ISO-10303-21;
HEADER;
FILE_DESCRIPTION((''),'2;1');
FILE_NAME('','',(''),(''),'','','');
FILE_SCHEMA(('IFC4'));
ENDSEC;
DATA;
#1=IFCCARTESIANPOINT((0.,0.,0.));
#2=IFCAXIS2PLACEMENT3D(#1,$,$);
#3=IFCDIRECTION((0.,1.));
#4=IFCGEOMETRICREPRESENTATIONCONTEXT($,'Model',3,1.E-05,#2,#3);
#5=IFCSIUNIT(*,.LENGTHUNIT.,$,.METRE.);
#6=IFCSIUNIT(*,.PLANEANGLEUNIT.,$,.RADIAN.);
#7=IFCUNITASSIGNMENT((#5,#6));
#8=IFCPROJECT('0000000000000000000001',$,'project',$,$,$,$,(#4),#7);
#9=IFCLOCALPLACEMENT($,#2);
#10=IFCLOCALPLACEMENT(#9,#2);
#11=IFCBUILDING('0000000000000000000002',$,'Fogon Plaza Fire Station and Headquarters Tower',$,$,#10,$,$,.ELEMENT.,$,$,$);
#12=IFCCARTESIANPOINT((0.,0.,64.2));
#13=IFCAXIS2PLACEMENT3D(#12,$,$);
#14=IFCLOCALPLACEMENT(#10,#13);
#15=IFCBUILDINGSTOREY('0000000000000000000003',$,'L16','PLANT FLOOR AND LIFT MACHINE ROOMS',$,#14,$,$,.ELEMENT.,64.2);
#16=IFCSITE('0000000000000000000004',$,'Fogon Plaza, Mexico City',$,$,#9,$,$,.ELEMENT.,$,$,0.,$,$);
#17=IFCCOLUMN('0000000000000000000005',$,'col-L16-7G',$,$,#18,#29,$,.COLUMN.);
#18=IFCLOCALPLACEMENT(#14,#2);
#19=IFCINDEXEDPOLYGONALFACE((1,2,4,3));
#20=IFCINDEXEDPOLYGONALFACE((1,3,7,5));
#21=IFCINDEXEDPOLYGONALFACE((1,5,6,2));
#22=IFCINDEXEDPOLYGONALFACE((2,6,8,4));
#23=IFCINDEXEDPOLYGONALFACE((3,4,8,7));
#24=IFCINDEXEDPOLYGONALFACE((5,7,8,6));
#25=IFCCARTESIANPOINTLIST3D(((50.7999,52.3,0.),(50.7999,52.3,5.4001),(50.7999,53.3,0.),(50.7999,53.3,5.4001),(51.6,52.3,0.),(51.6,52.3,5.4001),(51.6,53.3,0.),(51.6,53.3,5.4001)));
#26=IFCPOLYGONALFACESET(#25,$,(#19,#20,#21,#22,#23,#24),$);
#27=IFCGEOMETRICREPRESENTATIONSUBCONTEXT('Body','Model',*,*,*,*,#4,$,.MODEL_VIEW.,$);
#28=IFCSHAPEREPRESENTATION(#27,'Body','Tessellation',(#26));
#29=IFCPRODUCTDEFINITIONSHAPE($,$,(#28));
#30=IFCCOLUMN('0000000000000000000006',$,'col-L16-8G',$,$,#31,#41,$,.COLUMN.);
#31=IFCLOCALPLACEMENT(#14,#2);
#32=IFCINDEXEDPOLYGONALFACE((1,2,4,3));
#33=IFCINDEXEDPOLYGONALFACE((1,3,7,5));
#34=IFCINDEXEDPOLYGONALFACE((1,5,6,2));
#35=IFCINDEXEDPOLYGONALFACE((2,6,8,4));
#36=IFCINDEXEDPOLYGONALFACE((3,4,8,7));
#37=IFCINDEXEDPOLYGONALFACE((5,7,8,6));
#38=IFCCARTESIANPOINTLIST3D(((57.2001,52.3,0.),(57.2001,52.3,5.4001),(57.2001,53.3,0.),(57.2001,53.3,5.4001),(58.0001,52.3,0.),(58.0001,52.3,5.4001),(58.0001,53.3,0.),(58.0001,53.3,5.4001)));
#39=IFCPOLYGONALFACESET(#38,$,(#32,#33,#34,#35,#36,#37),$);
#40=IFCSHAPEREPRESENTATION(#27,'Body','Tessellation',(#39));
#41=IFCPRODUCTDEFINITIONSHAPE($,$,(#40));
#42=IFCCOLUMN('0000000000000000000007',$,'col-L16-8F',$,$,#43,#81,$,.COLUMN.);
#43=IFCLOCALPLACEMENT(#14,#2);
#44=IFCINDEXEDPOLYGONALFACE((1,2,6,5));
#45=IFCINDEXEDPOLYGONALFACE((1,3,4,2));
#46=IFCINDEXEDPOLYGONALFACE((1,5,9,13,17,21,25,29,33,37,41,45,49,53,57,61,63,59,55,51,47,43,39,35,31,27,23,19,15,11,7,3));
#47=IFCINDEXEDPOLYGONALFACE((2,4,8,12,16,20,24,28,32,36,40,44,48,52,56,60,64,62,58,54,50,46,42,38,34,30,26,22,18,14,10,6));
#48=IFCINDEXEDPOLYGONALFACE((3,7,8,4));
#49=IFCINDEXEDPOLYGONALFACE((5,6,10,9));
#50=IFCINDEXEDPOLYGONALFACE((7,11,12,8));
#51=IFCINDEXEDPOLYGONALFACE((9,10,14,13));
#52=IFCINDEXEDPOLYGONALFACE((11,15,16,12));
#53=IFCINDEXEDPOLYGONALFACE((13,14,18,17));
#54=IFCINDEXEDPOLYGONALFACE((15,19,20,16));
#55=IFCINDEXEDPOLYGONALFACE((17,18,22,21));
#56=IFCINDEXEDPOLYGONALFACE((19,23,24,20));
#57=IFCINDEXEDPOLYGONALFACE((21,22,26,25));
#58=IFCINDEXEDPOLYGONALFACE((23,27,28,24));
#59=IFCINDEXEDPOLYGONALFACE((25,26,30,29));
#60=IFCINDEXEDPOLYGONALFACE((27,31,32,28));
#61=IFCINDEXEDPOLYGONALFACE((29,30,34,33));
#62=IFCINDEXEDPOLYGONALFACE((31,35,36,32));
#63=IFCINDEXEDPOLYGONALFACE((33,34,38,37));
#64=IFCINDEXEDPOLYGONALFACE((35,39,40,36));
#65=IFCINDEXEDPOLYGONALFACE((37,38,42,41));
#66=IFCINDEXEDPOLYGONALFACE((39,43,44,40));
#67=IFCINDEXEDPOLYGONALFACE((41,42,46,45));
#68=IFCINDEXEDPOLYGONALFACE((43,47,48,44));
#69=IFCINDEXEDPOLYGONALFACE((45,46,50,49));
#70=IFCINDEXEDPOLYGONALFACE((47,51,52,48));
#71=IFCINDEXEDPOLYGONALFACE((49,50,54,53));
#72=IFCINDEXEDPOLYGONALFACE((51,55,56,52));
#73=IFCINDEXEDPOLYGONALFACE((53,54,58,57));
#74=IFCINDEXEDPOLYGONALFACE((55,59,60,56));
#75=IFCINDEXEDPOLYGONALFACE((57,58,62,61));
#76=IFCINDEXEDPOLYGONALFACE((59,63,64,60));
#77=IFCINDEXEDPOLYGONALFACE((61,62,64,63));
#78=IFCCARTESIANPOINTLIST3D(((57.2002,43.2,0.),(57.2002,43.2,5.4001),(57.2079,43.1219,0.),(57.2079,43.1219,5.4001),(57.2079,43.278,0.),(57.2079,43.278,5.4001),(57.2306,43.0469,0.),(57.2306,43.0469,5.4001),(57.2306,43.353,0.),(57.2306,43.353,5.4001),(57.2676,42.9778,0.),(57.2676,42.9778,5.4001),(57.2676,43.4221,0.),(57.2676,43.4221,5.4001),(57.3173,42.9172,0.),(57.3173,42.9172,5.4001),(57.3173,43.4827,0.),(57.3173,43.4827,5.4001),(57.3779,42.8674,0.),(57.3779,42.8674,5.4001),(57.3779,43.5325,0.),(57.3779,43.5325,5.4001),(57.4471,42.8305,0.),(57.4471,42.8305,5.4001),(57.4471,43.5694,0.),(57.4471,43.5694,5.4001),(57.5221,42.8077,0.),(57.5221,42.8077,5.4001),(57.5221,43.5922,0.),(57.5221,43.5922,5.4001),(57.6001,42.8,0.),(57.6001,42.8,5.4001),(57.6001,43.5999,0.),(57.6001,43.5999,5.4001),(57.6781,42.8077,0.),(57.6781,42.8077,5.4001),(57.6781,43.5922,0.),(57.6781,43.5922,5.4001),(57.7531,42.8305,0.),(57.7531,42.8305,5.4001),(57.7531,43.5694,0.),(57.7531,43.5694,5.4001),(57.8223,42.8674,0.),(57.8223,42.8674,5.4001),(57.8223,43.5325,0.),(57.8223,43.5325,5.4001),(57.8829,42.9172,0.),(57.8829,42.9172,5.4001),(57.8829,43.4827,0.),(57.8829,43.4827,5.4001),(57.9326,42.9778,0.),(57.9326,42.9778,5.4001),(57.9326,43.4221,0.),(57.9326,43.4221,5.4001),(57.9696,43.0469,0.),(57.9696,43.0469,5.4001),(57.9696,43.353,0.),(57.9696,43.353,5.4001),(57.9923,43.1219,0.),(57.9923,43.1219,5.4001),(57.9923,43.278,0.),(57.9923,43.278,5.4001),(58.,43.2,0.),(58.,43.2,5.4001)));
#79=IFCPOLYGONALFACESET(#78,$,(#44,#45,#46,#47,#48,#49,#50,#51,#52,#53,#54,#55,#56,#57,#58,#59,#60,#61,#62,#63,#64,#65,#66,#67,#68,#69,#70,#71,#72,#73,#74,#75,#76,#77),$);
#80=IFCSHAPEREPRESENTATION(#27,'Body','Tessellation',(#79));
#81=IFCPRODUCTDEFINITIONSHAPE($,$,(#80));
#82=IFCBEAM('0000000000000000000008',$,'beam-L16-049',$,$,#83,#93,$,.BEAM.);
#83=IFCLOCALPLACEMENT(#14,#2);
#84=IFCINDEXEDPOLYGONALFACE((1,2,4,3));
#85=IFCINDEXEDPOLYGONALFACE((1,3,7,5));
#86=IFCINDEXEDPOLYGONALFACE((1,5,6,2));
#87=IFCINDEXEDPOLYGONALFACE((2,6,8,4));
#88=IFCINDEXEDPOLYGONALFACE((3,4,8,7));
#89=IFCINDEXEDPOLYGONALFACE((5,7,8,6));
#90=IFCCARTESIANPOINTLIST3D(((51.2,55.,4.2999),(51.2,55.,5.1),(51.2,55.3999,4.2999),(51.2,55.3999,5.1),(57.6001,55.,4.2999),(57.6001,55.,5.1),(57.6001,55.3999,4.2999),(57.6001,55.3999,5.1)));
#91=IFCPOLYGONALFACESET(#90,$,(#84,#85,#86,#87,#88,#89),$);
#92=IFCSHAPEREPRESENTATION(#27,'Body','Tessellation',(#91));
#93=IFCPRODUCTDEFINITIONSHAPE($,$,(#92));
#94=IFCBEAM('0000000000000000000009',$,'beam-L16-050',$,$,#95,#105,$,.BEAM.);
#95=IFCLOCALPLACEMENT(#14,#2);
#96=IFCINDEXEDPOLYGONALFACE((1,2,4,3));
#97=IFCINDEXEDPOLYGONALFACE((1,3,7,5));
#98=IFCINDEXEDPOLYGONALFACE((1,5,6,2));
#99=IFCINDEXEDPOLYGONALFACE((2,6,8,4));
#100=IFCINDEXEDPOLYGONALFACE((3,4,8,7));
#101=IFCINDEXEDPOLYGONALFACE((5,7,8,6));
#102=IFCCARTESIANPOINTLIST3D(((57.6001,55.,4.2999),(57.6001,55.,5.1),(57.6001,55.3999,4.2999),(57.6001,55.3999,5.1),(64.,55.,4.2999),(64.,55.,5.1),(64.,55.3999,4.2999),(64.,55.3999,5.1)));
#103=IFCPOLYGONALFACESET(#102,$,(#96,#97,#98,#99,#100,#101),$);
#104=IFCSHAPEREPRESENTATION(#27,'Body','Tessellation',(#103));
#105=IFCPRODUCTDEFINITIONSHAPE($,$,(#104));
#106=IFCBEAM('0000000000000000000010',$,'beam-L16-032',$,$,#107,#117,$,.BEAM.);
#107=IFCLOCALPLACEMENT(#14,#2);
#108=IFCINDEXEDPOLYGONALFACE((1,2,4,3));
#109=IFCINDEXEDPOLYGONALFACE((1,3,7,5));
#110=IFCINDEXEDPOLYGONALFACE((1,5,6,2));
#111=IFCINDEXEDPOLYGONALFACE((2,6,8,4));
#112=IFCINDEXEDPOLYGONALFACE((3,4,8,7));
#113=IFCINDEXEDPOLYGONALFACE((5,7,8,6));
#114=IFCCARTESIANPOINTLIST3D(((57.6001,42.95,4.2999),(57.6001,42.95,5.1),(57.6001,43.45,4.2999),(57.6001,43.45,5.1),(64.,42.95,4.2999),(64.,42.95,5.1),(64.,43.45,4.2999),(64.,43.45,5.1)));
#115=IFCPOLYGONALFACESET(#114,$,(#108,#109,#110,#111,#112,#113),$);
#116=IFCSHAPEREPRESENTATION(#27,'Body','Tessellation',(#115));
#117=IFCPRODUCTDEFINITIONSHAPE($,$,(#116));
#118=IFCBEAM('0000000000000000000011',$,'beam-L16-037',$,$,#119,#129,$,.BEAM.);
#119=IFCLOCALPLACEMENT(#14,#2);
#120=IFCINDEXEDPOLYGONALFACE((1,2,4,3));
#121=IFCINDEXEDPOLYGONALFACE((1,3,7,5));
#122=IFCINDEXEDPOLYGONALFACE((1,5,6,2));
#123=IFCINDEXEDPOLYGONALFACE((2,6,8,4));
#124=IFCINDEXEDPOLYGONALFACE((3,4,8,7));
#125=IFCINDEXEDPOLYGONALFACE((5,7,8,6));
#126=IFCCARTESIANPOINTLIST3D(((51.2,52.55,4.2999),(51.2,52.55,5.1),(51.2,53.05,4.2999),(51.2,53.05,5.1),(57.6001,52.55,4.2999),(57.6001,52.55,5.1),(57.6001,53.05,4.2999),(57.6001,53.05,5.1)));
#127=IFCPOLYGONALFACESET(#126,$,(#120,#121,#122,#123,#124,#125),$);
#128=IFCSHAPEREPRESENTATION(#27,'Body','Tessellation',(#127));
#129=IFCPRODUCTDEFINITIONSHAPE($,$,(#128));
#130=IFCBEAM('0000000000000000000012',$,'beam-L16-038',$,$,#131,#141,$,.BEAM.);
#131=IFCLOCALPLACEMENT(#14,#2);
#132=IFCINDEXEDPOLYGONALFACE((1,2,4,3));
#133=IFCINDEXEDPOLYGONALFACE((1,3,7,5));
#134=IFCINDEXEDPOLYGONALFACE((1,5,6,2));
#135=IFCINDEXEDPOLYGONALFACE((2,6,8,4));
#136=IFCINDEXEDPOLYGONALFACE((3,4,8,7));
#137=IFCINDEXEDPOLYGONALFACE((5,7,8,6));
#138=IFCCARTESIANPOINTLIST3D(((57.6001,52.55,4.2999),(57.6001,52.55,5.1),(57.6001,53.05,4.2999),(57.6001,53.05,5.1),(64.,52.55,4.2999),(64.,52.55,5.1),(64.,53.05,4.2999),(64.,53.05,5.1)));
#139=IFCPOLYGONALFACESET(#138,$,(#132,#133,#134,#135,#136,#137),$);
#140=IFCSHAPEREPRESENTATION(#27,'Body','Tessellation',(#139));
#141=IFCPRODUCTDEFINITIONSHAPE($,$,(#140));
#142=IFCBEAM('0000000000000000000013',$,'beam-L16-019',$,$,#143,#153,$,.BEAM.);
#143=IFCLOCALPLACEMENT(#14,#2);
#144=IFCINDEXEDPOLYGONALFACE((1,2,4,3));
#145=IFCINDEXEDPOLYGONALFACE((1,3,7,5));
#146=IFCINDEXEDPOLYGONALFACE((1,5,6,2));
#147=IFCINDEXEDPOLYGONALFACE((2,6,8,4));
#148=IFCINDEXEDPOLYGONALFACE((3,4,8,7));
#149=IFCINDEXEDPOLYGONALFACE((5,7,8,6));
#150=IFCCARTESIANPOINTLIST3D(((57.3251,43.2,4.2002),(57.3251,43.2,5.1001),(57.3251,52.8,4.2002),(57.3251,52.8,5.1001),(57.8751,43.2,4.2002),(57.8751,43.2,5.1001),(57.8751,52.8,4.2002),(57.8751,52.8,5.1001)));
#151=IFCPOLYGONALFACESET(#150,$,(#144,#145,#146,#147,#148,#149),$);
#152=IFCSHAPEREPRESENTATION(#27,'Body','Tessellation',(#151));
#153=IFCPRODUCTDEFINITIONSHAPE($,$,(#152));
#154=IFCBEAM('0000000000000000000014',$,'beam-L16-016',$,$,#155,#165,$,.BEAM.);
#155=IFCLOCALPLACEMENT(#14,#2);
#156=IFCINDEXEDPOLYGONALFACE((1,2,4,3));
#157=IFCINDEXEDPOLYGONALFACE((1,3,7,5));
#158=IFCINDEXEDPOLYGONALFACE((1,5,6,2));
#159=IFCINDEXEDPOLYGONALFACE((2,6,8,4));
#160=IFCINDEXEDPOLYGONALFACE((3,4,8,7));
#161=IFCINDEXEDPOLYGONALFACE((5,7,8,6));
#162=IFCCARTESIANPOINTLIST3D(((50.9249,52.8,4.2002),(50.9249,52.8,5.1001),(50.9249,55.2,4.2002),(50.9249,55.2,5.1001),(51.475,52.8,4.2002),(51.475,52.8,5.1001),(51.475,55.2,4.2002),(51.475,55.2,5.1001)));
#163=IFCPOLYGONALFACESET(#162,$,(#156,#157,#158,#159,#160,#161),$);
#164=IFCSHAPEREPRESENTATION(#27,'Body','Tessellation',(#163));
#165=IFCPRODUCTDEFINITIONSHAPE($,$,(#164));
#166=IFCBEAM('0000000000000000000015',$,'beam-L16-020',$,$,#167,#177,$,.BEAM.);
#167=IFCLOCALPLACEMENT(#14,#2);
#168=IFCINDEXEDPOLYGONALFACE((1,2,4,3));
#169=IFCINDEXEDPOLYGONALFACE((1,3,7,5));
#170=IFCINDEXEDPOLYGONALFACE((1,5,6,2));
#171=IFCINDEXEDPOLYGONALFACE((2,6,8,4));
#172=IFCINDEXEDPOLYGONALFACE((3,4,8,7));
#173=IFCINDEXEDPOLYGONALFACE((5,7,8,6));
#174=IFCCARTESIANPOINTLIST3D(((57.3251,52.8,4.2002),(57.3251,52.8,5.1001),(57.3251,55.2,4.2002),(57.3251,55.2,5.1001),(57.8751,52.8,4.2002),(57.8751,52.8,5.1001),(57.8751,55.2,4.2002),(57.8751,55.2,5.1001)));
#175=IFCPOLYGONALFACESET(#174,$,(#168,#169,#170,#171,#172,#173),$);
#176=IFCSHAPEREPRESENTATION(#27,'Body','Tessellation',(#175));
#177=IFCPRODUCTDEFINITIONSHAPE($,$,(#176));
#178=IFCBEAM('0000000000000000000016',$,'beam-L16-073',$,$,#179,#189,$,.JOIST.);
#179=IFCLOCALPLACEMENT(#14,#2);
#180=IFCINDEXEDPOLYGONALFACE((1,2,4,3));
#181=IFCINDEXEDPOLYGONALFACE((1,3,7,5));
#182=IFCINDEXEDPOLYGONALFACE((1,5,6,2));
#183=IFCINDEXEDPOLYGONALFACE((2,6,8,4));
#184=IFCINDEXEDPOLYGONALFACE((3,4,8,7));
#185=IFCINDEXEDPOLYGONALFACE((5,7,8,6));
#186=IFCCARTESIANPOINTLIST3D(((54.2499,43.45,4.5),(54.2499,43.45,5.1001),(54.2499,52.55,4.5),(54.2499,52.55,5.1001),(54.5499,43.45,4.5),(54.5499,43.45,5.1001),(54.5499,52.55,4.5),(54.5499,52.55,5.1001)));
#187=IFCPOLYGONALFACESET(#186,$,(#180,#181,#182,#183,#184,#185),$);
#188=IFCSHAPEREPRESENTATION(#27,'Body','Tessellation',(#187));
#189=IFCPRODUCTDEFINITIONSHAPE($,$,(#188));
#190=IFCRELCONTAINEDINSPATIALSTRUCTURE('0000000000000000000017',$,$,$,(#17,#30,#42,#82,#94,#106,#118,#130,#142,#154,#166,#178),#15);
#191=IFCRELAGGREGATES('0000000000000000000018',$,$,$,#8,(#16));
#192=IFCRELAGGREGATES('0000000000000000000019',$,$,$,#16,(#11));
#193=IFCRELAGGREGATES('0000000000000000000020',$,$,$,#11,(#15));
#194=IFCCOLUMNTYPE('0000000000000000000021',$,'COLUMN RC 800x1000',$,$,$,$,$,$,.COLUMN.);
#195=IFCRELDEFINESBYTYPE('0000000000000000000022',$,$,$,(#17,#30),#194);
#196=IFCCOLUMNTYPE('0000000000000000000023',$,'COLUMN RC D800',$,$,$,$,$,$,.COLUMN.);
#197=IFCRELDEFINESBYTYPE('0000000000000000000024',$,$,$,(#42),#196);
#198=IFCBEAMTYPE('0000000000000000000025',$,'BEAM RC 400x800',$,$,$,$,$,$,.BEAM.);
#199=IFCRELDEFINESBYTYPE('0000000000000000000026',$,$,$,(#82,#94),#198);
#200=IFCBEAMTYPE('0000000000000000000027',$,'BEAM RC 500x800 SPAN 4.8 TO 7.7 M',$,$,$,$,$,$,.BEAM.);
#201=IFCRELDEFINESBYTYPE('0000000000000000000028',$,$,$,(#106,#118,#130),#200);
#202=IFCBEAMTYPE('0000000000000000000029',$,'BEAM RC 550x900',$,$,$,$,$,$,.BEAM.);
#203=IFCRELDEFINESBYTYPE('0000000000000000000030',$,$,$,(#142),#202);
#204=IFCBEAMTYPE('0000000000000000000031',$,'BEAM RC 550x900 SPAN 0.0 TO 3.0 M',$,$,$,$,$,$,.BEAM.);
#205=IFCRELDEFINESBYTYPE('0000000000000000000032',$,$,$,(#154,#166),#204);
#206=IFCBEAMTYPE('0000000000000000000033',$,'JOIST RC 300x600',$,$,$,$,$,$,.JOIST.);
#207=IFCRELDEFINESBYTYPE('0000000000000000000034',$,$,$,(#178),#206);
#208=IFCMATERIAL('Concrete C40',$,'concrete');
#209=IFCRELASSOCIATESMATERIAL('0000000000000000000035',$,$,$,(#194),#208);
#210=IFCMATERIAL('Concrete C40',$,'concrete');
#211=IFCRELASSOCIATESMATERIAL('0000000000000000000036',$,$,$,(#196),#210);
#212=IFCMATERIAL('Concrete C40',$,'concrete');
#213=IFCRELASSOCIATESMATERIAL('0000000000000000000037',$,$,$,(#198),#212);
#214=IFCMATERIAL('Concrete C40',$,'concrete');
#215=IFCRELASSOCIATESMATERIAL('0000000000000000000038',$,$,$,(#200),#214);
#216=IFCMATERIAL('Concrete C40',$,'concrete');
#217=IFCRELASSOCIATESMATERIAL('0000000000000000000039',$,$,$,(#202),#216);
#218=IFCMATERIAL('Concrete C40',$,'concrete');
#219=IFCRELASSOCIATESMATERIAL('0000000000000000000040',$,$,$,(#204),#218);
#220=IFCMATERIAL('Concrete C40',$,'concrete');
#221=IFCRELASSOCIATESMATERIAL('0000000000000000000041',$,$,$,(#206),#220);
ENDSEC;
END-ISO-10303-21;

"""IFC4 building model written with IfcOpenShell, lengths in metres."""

from ifc_helpers import new_model, si_unit, direction, frame, origin, origin_2d, place, context, subcontext, project, spatial, rectangle, circle, extrude, material, material_profile, profile_set, type_object, element, save


model = new_model("IFC4")

# Units and contexts
model_context = context("Model", 3, precision=1e-05, world=origin(), true_north=direction((0.0, 1.0)))
body_context = subcontext(model_context, "Body", "Model", "MODEL_VIEW")
ifc_project = project(units=[si_unit("LENGTHUNIT", "METRE"), si_unit("PLANEANGLEUNIT", "RADIAN")], contexts=[model_context])

# Site, building, storey
site_placement = place(None, origin())
site = spatial("IfcSite", under=ifc_project, at=site_placement, Name="Fogon Plaza, Mexico City", CompositionType="ELEMENT", RefElevation=0.0)
building_placement = place(site_placement, origin())
building = spatial("IfcBuilding", under=site, at=building_placement, Name="Fogon Plaza Fire Station and Headquarters Tower", CompositionType="ELEMENT")
storey_placement = place(building_placement, frame((0.0, 0.0, 64.2)))
storey = spatial("IfcBuildingStorey", under=building, at=storey_placement, Name="L16", Description="PLANT FLOOR AND LIFT MACHINE ROOMS", CompositionType="ELEMENT", Elevation=64.2)

# Columns
ifc_material_1 = material(Name="Concrete C40", Category="concrete")
ifc_material_profile_1 = material_profile(ifc_material_1, rectangle(XDim=0.8, YDim=1.0, at=origin_2d()), Name="RC 800x1000")
ifc_profile_set_1 = profile_set([ifc_material_profile_1], Name="Concrete C40")
column_type_1 = type_object("IfcColumnType", Name="COLUMN RC 800x1000", PredefinedType="COLUMN", material=ifc_profile_set_1)
for number, where, z_axis, x_axis, name in (
    (1, (51.2, 52.8, 0.0), (0.0, 0.0, 1.0), (1.0, 0.0, 0.0), "col-L16-7G"),
    (2, (57.6001, 52.8, 0.0), (0.0, 0.0, 1.0), (1.0, 0.0, 0.0), "col-L16-8G"),
):
    element("IfcColumn", number, at=place(storey_placement, frame(where, z_axis=z_axis, x_axis=x_axis)), inside=storey, type_object=column_type_1, Name=name, PredefinedType="COLUMN", context=body_context, shape_type="SweptSolid", body=[
        extrude(rectangle(XDim=0.8, YDim=1.0, at=origin_2d()), origin(), (0.0, 0.0, 1.0), 5.4001),
    ])
ifc_material_2 = material(Name="Concrete C40", Category="concrete")
ifc_material_profile_2 = material_profile(ifc_material_2, circle(Radius=0.3999, at=origin_2d()), Name="RC D800")
ifc_profile_set_2 = profile_set([ifc_material_profile_2], Name="Concrete C40")
column_type_2 = type_object("IfcColumnType", Name="COLUMN RC D800", PredefinedType="COLUMN", material=ifc_profile_set_2)
column_placement = place(storey_placement, frame((57.6001, 43.2, 0.0), z_axis=(0.0, 0.0, 1.0), x_axis=(1.0, 0.0, 0.0)))
element("IfcColumn", 3, at=column_placement, inside=storey, type_object=column_type_2, Name="col-L16-8F", PredefinedType="COLUMN", context=body_context, shape_type="SweptSolid", body=[
    extrude(circle(Radius=0.3999, at=origin_2d()), origin(), (0.0, 0.0, 1.0), 5.4001),
])

# Beams
ifc_material_3 = material(Name="Concrete C40", Category="concrete")
ifc_material_profile_3 = material_profile(ifc_material_3, rectangle(XDim=0.3999, YDim=0.8, at=origin_2d()), Name="RC 400x800")
ifc_profile_set_3 = profile_set([ifc_material_profile_3], Name="Concrete C40")
beam_type_1 = type_object("IfcBeamType", Name="BEAM RC 400x800", PredefinedType="BEAM", material=ifc_profile_set_3)
beam_1_placement = place(storey_placement, frame((51.2, 55.2, 4.7), z_axis=(1.0, 0.0, 0.0), x_axis=(0.0, 1.0, 0.0)))
element("IfcBeam", 4, at=beam_1_placement, inside=storey, type_object=beam_type_1, Name="beam-L16-049", PredefinedType="BEAM", context=body_context, shape_type="SweptSolid", body=[
    extrude(rectangle(XDim=0.3999, YDim=0.8, at=origin_2d()), origin(), (0.0, 0.0, 1.0), 6.4001),
])
beam_2_placement = place(storey_placement, frame((57.6001, 55.2, 4.7), z_axis=(1.0, 0.0, 0.0), x_axis=(0.0, 1.0, 0.0)))
element("IfcBeam", 5, at=beam_2_placement, inside=storey, type_object=beam_type_1, Name="beam-L16-050", PredefinedType="BEAM", context=body_context, shape_type="SweptSolid", body=[
    extrude(rectangle(XDim=0.3999, YDim=0.8, at=origin_2d()), origin(), (0.0, 0.0, 1.0), 6.3999),
])
ifc_material_4 = material(Name="Concrete C40", Category="concrete")
ifc_material_profile_4 = material_profile(ifc_material_4, rectangle(XDim=0.5, YDim=0.8, at=origin_2d()), Name="RC 500x800")
ifc_profile_set_4 = profile_set([ifc_material_profile_4], Name="Concrete C40")
beam_type_2 = type_object("IfcBeamType", Name="BEAM RC 500x800 SPAN 4.8 TO 7.7 M", PredefinedType="BEAM", material=ifc_profile_set_4)
beam_3_placement = place(storey_placement, frame((57.6001, 43.2, 4.7), z_axis=(1.0, 0.0, 0.0), x_axis=(0.0, 1.0, 0.0)))
element("IfcBeam", 6, at=beam_3_placement, inside=storey, type_object=beam_type_2, Name="beam-L16-032", PredefinedType="BEAM", context=body_context, shape_type="SweptSolid", body=[
    extrude(rectangle(XDim=0.5, YDim=0.8, at=origin_2d()), origin(), (0.0, 0.0, 1.0), 6.3999),
])
beam_4_placement = place(storey_placement, frame((51.2, 52.8, 4.7), z_axis=(1.0, 0.0, 0.0), x_axis=(0.0, 1.0, 0.0)))
element("IfcBeam", 7, at=beam_4_placement, inside=storey, type_object=beam_type_2, Name="beam-L16-037", PredefinedType="BEAM", context=body_context, shape_type="SweptSolid", body=[
    extrude(rectangle(XDim=0.5, YDim=0.8, at=origin_2d()), origin(), (0.0, 0.0, 1.0), 6.4001),
])
beam_5_placement = place(storey_placement, frame((57.6001, 52.8, 4.7), z_axis=(1.0, 0.0, 0.0), x_axis=(0.0, 1.0, 0.0)))
element("IfcBeam", 8, at=beam_5_placement, inside=storey, type_object=beam_type_2, Name="beam-L16-038", PredefinedType="BEAM", context=body_context, shape_type="SweptSolid", body=[
    extrude(rectangle(XDim=0.5, YDim=0.8, at=origin_2d()), origin(), (0.0, 0.0, 1.0), 6.3999),
])
ifc_material_5 = material(Name="Concrete C40", Category="concrete")
ifc_material_profile_5 = material_profile(ifc_material_5, rectangle(XDim=0.55, YDim=0.8999, at=origin_2d()), Name="RC 550x900")
ifc_profile_set_5 = profile_set([ifc_material_profile_5], Name="Concrete C40")
beam_type_3 = type_object("IfcBeamType", Name="BEAM RC 550x900", PredefinedType="BEAM", material=ifc_profile_set_5)
beam_6_placement = place(storey_placement, frame((57.6001, 43.2, 4.6501), z_axis=(0.0, 1.0, 0.0), x_axis=(-1.0, 0.0, 0.0)))
element("IfcBeam", 9, at=beam_6_placement, inside=storey, type_object=beam_type_3, Name="beam-L16-019", PredefinedType="BEAM", context=body_context, shape_type="SweptSolid", body=[
    extrude(rectangle(XDim=0.55, YDim=0.8999, at=origin_2d()), origin(), (0.0, 0.0, 1.0), 9.6001),
])
ifc_material_6 = material(Name="Concrete C40", Category="concrete")
ifc_material_profile_6 = material_profile(ifc_material_6, rectangle(XDim=0.55, YDim=0.8999, at=origin_2d()), Name="RC 550x900")
ifc_profile_set_6 = profile_set([ifc_material_profile_6], Name="Concrete C40")
beam_type_4 = type_object("IfcBeamType", Name="BEAM RC 550x900 SPAN 0.0 TO 3.0 M", PredefinedType="BEAM", material=ifc_profile_set_6)
for number, where, z_axis, x_axis, name in (
    (10, (51.2, 52.8, 4.6501), (0.0, 1.0, 0.0), (-1.0, 0.0, 0.0), "beam-L16-016"),
    (11, (57.6001, 52.8, 4.6501), (0.0, 1.0, 0.0), (-1.0, 0.0, 0.0), "beam-L16-020"),
):
    element("IfcBeam", number, at=place(storey_placement, frame(where, z_axis=z_axis, x_axis=x_axis)), inside=storey, type_object=beam_type_4, Name=name, PredefinedType="BEAM", context=body_context, shape_type="SweptSolid", body=[
        extrude(rectangle(XDim=0.55, YDim=0.8999, at=origin_2d()), origin(), (0.0, 0.0, 1.0), 2.3999),
    ])
ifc_material_7 = material(Name="Concrete C40", Category="concrete")
ifc_material_profile_7 = material_profile(ifc_material_7, rectangle(XDim=0.3, YDim=0.6001, at=origin_2d()), Name="RC 300x600")
ifc_profile_set_7 = profile_set([ifc_material_profile_7], Name="Concrete C40")
beam_type_5 = type_object("IfcBeamType", Name="JOIST RC 300x600", PredefinedType="JOIST", material=ifc_profile_set_7)
beam_7_placement = place(storey_placement, frame((54.3999, 43.45, 4.8), z_axis=(0.0, 1.0, 0.0), x_axis=(-1.0, 0.0, 0.0)))
element("IfcBeam", 12, at=beam_7_placement, inside=storey, type_object=beam_type_5, Name="beam-L16-073", PredefinedType="JOIST", context=body_context, shape_type="SweptSolid", body=[
    extrude(rectangle(XDim=0.3, YDim=0.6001, at=origin_2d()), origin(), (0.0, 0.0, 1.0), 9.1001),
])

save(model, "model.ifc")
